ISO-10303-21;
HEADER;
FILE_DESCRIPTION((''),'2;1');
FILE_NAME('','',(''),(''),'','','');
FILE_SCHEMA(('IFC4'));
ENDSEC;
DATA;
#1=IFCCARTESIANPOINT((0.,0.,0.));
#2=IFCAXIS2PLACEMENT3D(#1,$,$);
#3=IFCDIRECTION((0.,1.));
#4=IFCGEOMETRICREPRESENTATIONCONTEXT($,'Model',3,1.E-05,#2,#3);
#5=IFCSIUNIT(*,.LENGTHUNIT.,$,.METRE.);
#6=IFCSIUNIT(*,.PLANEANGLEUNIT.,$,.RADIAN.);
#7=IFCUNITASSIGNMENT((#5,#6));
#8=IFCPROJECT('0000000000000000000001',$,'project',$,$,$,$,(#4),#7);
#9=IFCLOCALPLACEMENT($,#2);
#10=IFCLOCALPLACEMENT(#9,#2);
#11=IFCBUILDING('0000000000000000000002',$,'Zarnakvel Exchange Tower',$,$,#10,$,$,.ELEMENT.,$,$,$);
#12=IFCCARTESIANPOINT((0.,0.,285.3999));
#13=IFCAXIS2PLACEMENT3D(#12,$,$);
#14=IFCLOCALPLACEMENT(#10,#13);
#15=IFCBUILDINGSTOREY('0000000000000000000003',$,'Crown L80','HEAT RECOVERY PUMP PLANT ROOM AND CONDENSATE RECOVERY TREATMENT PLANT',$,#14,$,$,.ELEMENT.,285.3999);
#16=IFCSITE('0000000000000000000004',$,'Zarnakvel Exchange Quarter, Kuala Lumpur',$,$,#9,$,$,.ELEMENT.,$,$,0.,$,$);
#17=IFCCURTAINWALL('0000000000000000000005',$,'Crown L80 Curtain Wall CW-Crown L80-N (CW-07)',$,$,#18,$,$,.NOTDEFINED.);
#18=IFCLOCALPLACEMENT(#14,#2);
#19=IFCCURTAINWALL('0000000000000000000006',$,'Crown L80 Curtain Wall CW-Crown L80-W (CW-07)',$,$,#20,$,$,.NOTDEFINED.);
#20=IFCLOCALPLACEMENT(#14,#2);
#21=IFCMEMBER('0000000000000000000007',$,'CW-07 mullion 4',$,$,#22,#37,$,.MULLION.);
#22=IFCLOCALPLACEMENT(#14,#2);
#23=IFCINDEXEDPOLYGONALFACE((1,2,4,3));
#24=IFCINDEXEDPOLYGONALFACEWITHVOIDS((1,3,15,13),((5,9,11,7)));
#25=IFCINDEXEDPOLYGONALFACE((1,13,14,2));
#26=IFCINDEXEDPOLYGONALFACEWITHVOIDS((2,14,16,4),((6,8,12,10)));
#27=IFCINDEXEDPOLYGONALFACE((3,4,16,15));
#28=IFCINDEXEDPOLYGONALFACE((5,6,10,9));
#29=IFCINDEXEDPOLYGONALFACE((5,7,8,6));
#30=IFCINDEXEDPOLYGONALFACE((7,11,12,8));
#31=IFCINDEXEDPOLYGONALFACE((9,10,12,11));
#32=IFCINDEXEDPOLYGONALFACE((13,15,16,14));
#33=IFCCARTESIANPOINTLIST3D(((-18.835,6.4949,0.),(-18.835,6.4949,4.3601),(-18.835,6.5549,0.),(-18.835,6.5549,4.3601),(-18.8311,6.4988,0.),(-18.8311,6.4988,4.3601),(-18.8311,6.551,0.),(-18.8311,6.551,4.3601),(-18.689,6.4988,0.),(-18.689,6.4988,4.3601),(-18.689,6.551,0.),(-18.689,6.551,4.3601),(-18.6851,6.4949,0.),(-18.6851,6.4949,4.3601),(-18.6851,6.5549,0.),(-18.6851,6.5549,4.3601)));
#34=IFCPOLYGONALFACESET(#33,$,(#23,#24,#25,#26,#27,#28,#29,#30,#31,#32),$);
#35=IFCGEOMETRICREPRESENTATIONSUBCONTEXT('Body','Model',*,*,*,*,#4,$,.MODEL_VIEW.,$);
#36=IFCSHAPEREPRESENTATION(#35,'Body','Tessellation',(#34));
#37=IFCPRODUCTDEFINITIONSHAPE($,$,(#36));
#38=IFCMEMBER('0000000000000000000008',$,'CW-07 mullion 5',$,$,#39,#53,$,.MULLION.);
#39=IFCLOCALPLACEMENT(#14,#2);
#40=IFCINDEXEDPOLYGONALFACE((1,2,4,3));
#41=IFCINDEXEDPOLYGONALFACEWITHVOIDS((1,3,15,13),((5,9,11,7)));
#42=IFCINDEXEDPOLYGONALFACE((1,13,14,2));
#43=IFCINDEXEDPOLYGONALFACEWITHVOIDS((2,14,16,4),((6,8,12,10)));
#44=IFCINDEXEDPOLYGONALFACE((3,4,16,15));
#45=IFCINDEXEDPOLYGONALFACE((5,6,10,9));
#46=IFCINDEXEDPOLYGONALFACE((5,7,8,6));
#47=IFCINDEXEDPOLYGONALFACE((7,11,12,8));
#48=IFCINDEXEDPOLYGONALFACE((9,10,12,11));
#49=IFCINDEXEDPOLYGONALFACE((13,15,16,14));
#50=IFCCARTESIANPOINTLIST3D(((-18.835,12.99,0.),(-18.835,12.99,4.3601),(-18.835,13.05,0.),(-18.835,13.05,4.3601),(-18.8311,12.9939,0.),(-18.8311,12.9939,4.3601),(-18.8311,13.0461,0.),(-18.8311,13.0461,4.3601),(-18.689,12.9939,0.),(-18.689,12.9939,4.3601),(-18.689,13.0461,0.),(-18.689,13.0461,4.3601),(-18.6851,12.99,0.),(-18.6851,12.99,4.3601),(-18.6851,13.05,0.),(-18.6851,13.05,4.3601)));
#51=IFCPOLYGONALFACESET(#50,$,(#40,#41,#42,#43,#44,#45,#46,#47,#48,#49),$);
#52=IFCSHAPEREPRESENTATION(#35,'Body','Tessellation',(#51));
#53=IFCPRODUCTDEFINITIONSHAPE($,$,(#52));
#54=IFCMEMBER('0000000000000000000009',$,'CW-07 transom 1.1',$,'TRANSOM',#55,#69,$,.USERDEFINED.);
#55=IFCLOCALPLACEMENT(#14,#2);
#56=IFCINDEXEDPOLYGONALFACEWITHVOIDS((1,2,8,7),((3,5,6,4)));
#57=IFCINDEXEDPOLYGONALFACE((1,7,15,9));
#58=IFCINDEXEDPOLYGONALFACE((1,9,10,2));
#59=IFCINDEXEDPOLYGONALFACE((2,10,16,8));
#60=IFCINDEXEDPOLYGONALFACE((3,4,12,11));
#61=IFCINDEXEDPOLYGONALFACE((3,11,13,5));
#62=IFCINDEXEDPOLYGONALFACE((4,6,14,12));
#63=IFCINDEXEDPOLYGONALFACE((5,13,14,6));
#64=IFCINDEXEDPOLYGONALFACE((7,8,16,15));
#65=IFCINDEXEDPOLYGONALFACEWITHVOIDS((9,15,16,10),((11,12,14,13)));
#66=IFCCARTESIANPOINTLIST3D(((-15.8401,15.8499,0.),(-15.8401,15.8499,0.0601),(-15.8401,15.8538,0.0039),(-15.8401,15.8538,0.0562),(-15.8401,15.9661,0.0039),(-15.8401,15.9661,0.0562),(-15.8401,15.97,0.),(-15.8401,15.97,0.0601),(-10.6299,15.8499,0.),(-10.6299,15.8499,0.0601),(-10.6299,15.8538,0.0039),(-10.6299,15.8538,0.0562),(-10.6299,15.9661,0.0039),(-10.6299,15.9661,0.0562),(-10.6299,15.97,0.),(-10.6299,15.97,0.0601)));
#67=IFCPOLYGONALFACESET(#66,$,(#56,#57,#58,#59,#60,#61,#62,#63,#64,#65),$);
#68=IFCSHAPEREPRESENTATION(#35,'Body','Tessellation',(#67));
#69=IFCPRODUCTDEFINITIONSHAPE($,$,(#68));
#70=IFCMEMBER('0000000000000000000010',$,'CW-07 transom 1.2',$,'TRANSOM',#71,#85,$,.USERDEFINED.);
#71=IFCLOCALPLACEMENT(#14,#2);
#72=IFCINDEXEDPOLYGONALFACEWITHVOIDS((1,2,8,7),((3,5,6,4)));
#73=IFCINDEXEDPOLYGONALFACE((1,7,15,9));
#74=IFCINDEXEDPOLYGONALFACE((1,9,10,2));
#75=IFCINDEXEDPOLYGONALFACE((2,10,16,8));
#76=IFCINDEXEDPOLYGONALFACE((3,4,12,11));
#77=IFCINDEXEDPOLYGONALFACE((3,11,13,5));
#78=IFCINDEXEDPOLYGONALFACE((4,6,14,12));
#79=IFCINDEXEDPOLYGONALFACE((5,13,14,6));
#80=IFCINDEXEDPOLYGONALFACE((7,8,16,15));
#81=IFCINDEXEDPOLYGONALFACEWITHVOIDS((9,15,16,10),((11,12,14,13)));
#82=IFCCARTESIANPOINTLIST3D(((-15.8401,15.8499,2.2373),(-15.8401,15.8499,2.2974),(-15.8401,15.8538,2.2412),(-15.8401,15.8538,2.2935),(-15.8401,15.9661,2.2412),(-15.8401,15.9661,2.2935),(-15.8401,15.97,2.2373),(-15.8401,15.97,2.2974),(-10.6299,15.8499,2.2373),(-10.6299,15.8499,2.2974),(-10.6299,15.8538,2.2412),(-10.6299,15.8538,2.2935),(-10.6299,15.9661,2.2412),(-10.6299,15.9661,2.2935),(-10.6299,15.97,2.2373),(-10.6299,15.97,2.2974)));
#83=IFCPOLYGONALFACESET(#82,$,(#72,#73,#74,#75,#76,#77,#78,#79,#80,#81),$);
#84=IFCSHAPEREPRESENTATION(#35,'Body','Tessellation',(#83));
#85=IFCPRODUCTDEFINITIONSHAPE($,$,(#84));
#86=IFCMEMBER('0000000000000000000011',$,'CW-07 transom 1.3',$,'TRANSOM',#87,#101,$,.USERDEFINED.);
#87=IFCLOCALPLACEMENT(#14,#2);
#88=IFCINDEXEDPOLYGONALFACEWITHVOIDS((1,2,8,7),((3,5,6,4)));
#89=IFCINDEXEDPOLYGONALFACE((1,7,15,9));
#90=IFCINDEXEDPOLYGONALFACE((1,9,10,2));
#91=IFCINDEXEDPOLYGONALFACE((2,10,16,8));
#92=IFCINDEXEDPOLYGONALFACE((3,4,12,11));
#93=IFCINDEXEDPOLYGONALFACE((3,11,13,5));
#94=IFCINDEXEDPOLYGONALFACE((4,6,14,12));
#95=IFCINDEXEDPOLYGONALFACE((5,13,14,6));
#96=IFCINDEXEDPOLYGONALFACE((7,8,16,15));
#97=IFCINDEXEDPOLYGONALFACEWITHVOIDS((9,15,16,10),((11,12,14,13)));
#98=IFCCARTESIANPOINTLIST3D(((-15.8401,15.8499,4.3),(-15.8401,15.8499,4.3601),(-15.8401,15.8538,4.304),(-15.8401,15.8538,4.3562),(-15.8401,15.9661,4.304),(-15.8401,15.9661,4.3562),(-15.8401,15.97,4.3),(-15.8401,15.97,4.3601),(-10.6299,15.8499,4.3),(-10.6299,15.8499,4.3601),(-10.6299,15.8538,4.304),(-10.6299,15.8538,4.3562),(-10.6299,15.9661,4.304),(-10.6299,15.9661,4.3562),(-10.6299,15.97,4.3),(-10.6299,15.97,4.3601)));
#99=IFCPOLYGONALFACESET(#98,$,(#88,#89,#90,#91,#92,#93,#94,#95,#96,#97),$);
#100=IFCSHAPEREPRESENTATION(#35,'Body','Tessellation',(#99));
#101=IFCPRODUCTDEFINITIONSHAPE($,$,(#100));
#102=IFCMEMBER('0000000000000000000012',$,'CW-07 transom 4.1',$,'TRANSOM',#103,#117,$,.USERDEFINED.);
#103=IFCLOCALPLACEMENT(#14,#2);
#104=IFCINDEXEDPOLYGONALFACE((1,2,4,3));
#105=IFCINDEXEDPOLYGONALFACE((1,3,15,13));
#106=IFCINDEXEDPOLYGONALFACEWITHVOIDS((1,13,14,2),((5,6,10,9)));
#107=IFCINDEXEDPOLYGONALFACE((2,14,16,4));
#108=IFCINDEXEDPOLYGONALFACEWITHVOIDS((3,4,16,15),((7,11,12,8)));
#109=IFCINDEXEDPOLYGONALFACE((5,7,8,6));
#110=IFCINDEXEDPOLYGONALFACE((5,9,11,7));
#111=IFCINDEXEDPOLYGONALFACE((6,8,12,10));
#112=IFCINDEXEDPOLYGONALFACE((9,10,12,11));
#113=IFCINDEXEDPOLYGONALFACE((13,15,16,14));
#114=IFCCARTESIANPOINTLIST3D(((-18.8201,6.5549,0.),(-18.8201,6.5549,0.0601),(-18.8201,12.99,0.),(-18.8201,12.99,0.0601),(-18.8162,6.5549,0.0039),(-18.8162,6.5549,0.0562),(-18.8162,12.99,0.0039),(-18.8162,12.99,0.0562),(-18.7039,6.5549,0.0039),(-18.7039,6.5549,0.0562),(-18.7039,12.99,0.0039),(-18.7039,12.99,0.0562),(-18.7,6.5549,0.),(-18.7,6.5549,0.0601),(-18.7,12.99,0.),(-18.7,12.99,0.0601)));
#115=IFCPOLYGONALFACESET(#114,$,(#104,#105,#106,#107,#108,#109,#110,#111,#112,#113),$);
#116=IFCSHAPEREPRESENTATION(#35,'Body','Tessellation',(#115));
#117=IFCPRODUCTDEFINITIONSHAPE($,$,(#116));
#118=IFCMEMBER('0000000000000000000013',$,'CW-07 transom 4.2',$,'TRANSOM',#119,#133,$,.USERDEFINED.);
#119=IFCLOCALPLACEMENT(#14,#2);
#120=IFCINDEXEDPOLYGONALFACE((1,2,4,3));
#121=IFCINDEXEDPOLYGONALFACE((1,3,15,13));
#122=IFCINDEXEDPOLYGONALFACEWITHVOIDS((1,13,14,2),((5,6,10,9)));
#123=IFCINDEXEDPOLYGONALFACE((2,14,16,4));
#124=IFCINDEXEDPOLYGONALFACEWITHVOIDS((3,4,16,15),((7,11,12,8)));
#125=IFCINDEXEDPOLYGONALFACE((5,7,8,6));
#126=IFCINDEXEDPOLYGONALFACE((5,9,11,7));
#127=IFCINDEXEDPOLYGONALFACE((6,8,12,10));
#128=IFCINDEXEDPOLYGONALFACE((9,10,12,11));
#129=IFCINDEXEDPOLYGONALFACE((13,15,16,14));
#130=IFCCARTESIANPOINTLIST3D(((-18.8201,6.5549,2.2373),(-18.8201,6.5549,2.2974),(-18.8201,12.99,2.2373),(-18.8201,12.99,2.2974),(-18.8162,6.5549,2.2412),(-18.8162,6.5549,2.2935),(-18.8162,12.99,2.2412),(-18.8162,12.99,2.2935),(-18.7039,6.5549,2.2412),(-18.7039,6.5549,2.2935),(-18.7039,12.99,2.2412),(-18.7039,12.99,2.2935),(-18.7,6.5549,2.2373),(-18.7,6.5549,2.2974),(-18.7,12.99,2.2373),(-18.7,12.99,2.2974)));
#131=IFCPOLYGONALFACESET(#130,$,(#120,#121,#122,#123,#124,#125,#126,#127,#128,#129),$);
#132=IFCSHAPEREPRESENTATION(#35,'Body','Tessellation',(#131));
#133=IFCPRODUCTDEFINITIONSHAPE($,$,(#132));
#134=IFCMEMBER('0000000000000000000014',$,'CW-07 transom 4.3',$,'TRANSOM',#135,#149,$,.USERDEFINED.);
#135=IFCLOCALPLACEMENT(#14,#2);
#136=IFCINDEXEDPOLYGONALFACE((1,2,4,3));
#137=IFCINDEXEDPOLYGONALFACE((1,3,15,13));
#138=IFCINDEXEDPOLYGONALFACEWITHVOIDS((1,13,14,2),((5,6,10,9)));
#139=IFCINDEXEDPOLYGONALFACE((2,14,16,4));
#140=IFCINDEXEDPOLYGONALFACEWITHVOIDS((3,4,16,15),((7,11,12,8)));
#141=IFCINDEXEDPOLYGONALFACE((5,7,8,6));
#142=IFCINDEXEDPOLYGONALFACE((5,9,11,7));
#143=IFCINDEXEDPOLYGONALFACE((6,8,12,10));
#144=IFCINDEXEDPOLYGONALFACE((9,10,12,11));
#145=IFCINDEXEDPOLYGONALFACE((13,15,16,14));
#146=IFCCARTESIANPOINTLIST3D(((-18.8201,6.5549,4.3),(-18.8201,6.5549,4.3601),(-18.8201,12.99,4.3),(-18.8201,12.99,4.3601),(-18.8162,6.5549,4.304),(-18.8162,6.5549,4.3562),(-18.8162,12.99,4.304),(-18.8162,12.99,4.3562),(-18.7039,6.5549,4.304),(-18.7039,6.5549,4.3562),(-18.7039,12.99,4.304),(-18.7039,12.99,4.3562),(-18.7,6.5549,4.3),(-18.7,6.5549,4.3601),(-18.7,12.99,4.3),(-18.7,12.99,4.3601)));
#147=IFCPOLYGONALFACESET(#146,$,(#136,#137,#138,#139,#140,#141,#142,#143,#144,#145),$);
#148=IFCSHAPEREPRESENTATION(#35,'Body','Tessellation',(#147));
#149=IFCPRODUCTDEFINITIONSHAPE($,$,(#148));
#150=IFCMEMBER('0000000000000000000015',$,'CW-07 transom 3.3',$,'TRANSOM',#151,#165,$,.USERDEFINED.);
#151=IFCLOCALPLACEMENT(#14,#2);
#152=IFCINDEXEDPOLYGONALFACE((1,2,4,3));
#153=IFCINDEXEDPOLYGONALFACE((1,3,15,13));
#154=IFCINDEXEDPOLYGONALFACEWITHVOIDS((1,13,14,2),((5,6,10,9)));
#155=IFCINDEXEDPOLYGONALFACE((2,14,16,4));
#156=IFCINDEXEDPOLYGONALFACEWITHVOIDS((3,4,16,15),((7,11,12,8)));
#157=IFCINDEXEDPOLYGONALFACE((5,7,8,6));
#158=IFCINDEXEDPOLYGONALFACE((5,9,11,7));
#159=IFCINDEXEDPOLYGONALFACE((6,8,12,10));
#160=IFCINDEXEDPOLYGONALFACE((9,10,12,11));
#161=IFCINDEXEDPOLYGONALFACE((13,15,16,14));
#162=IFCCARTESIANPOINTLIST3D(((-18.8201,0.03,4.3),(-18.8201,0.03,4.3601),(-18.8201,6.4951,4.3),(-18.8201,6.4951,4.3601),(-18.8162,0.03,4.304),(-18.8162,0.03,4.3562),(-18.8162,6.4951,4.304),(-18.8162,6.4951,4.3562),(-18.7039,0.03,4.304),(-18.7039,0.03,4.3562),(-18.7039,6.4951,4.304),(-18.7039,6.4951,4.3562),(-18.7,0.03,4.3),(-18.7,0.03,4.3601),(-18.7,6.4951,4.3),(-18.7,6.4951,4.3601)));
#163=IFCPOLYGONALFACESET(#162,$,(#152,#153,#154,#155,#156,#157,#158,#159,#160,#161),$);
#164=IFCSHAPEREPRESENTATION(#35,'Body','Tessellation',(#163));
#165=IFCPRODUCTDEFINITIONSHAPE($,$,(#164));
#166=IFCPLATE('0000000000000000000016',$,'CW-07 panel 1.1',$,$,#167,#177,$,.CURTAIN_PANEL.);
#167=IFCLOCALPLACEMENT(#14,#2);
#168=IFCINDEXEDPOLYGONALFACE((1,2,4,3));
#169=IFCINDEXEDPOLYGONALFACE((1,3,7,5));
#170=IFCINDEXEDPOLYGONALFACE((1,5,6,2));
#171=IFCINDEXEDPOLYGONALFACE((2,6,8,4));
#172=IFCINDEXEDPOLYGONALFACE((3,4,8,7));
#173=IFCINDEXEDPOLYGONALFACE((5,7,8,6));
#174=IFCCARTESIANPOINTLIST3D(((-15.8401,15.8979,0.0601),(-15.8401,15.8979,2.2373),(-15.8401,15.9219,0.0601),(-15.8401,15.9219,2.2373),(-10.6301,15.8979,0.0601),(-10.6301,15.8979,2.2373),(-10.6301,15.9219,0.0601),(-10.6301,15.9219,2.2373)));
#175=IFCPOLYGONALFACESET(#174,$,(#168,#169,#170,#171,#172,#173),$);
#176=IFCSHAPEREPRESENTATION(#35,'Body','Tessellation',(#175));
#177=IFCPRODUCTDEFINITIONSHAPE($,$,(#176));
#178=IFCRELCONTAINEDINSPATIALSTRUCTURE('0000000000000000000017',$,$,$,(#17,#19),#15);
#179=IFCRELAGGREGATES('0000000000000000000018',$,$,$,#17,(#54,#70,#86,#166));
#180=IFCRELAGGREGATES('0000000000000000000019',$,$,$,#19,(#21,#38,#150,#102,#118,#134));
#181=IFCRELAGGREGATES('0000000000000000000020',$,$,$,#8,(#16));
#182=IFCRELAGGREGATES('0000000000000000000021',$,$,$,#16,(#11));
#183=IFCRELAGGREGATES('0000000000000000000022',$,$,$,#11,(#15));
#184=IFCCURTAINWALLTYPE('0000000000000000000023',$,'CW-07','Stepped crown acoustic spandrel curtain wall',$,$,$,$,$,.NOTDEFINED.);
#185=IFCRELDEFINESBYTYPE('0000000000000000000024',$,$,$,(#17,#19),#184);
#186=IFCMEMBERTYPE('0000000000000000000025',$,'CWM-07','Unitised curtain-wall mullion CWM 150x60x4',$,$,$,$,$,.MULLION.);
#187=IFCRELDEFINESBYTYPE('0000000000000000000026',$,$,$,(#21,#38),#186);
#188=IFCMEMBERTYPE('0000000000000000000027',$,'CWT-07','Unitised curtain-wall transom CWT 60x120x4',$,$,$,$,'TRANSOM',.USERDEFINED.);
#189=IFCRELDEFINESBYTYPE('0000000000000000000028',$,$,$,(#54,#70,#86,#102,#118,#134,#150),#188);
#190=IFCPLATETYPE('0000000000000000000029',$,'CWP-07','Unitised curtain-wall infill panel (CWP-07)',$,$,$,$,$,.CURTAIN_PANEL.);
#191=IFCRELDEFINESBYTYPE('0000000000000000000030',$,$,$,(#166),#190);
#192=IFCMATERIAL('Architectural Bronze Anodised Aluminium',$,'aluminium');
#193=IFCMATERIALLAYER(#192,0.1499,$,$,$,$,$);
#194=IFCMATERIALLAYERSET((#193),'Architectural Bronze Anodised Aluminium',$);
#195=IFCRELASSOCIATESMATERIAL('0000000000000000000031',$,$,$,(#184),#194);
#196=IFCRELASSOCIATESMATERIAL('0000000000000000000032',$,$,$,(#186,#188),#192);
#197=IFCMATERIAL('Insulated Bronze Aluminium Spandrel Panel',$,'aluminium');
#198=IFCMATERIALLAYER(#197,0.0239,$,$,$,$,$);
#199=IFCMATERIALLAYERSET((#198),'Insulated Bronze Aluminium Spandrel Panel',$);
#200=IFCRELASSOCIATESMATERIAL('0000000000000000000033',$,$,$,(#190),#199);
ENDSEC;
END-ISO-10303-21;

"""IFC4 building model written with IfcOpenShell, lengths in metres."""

from ifc_helpers import new_model, si_unit, direction, frame, origin, origin_2d, place, context, subcontext, project, spatial, rectangle, hollow_rectangle, extrude, source, transform, mapped, material, layer, layer_set, material_profile, profile_set, type_object, element, aggregate, save


model = new_model("IFC4")

# Units and contexts
model_context = context("Model", 3, precision=1e-05, world=origin(), true_north=direction((0.0, 1.0)))
body_context = subcontext(model_context, "Body", "Model", "MODEL_VIEW")
ifc_project = project(units=[si_unit("LENGTHUNIT", "METRE"), si_unit("PLANEANGLEUNIT", "RADIAN")], contexts=[model_context])

# Site, building, storey
site_placement = place(None, origin())
site = spatial("IfcSite", under=ifc_project, at=site_placement, Name="Zarnakvel Exchange Quarter, Kuala Lumpur", CompositionType="ELEMENT", RefElevation=0.0)
building_placement = place(site_placement, origin())
building = spatial("IfcBuilding", under=site, at=building_placement, Name="Zarnakvel Exchange Tower", CompositionType="ELEMENT")
storey_placement = place(building_placement, frame((0.0, 0.0, 285.3999)))
storey = spatial("IfcBuildingStorey", under=building, at=storey_placement, Name="Crown L80", Description="HEAT RECOVERY PUMP PLANT ROOM AND CONDENSATE RECOVERY TREATMENT PLANT", CompositionType="ELEMENT", Elevation=285.3999)

# Curtain wall
ifc_material_1 = material(Name="Architectural Bronze Anodised Aluminium", Category="aluminium")
ifc_layer_1 = layer(ifc_material_1, 0.1499)
ifc_layer_set_1 = layer_set([ifc_layer_1], Name="Architectural Bronze Anodised Aluminium")
curtain_wall_type = type_object("IfcCurtainWallType", Name="CW-07", Description="Stepped crown acoustic spandrel curtain wall", PredefinedType="NOTDEFINED", material=ifc_layer_set_1)
curtain_wall_1_placement = place(storey_placement, origin())
curtain_wall_1 = element("IfcCurtainWall", 1, at=curtain_wall_1_placement, inside=storey, type_object=curtain_wall_type, Name="Crown L80 Curtain Wall CW-Crown L80-N (CW-07)", PredefinedType="NOTDEFINED")
ifc_material_profile_1 = material_profile(ifc_material_1, hollow_rectangle(XDim=0.1499, YDim=0.0601, WallThickness=0.0039, at=origin_2d()))
ifc_profile_set_1 = profile_set([ifc_material_profile_1], Name="Architectural Bronze Anodised Aluminium")
member_type_1 = type_object("IfcMemberType", Name="CWM-07", Description="Unitised curtain-wall mullion CWM 150x60x4", PredefinedType="MULLION", material=ifc_profile_set_1)
shared_shape_1 = source(origin(), body_context, "Body", "SweptSolid", [
    extrude(hollow_rectangle(XDim=0.1499, YDim=0.0601, WallThickness=0.0039, at=origin_2d()), origin(), (0.0, 0.0, 1.0), 4.3601),
])

# Curtain wall, members
curtain_wall_2_placement = place(storey_placement, origin())
curtain_wall_2 = element("IfcCurtainWall", 2, at=curtain_wall_2_placement, inside=storey, type_object=curtain_wall_type, Name="Crown L80 Curtain Wall CW-Crown L80-W (CW-07)", PredefinedType="NOTDEFINED")
member_1_placement = place(storey_placement, frame((-18.76, 6.5249, 0.0), z_axis=(0.0, 0.0, 1.0), x_axis=(-1.0, 0.0, 0.0)))
member_1 = element("IfcMember", 3, at=member_1_placement, type_object=member_type_1, Name="CW-07 mullion 4", PredefinedType="MULLION", context=body_context, shape_type="MappedRepresentation", body=[
    mapped(shared_shape_1, transform((0.0, 0.0, 0.0), x_axis=(1.0, 0.0, 0.0), y_axis=(0.0, 1.0, 0.0), z_axis=(0.0, 0.0, 1.0), scale=1.0)),
])
member_2_placement = place(storey_placement, frame((-18.76, 13.02, 0.0), z_axis=(0.0, 0.0, 1.0), x_axis=(-1.0, 0.0, 0.0)))
member_2 = element("IfcMember", 4, at=member_2_placement, type_object=member_type_1, Name="CW-07 mullion 5", PredefinedType="MULLION", context=body_context, shape_type="MappedRepresentation", body=[
    mapped(shared_shape_1, transform((0.0, 0.0, 0.0), x_axis=(1.0, 0.0, 0.0), y_axis=(0.0, 1.0, 0.0), z_axis=(0.0, 0.0, 1.0), scale=1.0)),
])

# Members
ifc_material_profile_2 = material_profile(ifc_material_1, hollow_rectangle(XDim=0.1201, YDim=0.0601, WallThickness=0.0039, at=origin_2d()))
ifc_profile_set_2 = profile_set([ifc_material_profile_2], Name="Architectural Bronze Anodised Aluminium")
member_type_2 = type_object("IfcMemberType", Name="CWT-07", Description="Unitised curtain-wall transom CWT 60x120x4", ElementType="TRANSOM", PredefinedType="USERDEFINED", material=ifc_profile_set_2)
shared_shape_2 = source(origin(), body_context, "Body", "SweptSolid", [
    extrude(hollow_rectangle(XDim=0.1201, YDim=0.0601, WallThickness=0.0039, at=origin_2d()), origin(), (0.0, 0.0, 1.0), 5.2102),
])
member_3_placement = place(storey_placement, frame((-15.8401, 15.9099, 0.03), z_axis=(1.0, 0.0, 0.0), x_axis=(0.0, 1.0, 0.0)))
member_3 = element("IfcMember", 5, at=member_3_placement, type_object=member_type_2, Name="CW-07 transom 1.1", ObjectType="TRANSOM", PredefinedType="USERDEFINED", context=body_context, shape_type="MappedRepresentation", body=[
    mapped(shared_shape_2, transform((0.0, 0.0, 0.0), x_axis=(1.0, 0.0, 0.0), y_axis=(0.0, 1.0, 0.0), z_axis=(0.0, 0.0, 1.0), scale=1.0)),
])
member_4_placement = place(storey_placement, frame((-15.8401, 15.9099, 2.2673), z_axis=(1.0, 0.0, 0.0), x_axis=(0.0, 1.0, 0.0)))
member_4 = element("IfcMember", 6, at=member_4_placement, type_object=member_type_2, Name="CW-07 transom 1.2", ObjectType="TRANSOM", PredefinedType="USERDEFINED", context=body_context, shape_type="MappedRepresentation", body=[
    mapped(shared_shape_2, transform((0.0, 0.0, 0.0), x_axis=(1.0, 0.0, 0.0), y_axis=(0.0, 1.0, 0.0), z_axis=(0.0, 0.0, 1.0), scale=1.0)),
])
member_5_placement = place(storey_placement, frame((-15.8401, 15.9099, 4.3301), z_axis=(1.0, 0.0, 0.0), x_axis=(0.0, 1.0, 0.0)))
member_5 = element("IfcMember", 7, at=member_5_placement, type_object=member_type_2, Name="CW-07 transom 1.3", ObjectType="TRANSOM", PredefinedType="USERDEFINED", context=body_context, shape_type="MappedRepresentation", body=[
    mapped(shared_shape_2, transform((0.0, 0.0, 0.0), x_axis=(1.0, 0.0, 0.0), y_axis=(0.0, 1.0, 0.0), z_axis=(0.0, 0.0, 1.0), scale=1.0)),
])
shared_shape_3 = source(origin(), body_context, "Body", "SweptSolid", [
    extrude(hollow_rectangle(XDim=0.1201, YDim=0.0601, WallThickness=0.0039, at=origin_2d()), origin(), (0.0, 0.0, 1.0), 6.4351),
])
member_6_placement = place(storey_placement, frame((-18.76, 6.5549, 0.03), z_axis=(0.0, 1.0, 0.0), x_axis=(-1.0, 0.0, 0.0)))
member_6 = element("IfcMember", 8, at=member_6_placement, type_object=member_type_2, Name="CW-07 transom 4.1", ObjectType="TRANSOM", PredefinedType="USERDEFINED", context=body_context, shape_type="MappedRepresentation", body=[
    mapped(shared_shape_3, transform((0.0, 0.0, 0.0), x_axis=(1.0, 0.0, 0.0), y_axis=(0.0, 1.0, 0.0), z_axis=(0.0, 0.0, 1.0), scale=1.0)),
])
member_7_placement = place(storey_placement, frame((-18.76, 6.5549, 2.2673), z_axis=(0.0, 1.0, 0.0), x_axis=(-1.0, 0.0, 0.0)))
member_7 = element("IfcMember", 9, at=member_7_placement, type_object=member_type_2, Name="CW-07 transom 4.2", ObjectType="TRANSOM", PredefinedType="USERDEFINED", context=body_context, shape_type="MappedRepresentation", body=[
    mapped(shared_shape_3, transform((0.0, 0.0, 0.0), x_axis=(1.0, 0.0, 0.0), y_axis=(0.0, 1.0, 0.0), z_axis=(0.0, 0.0, 1.0), scale=1.0)),
])
member_8_placement = place(storey_placement, frame((-18.76, 6.5549, 4.3301), z_axis=(0.0, 1.0, 0.0), x_axis=(-1.0, 0.0, 0.0)))
member_8 = element("IfcMember", 10, at=member_8_placement, type_object=member_type_2, Name="CW-07 transom 4.3", ObjectType="TRANSOM", PredefinedType="USERDEFINED", context=body_context, shape_type="MappedRepresentation", body=[
    mapped(shared_shape_3, transform((0.0, 0.0, 0.0), x_axis=(1.0, 0.0, 0.0), y_axis=(0.0, 1.0, 0.0), z_axis=(0.0, 0.0, 1.0), scale=1.0)),
])
shared_shape_4 = source(origin(), body_context, "Body", "SweptSolid", [
    extrude(hollow_rectangle(XDim=0.1201, YDim=0.0601, WallThickness=0.0039, at=origin_2d()), origin(), (0.0, 0.0, 1.0), 6.4651),
])
member_9_placement = place(storey_placement, frame((-18.76, 0.03, 4.3301), z_axis=(0.0, 1.0, 0.0), x_axis=(-1.0, 0.0, 0.0)))
member_9 = element("IfcMember", 11, at=member_9_placement, type_object=member_type_2, Name="CW-07 transom 3.3", ObjectType="TRANSOM", PredefinedType="USERDEFINED", context=body_context, shape_type="MappedRepresentation", body=[
    mapped(shared_shape_4, transform((0.0, 0.0, 0.0), x_axis=(1.0, 0.0, 0.0), y_axis=(0.0, 1.0, 0.0), z_axis=(0.0, 0.0, 1.0), scale=1.0)),
])

# Plate
ifc_material_2 = material(Name="Insulated Bronze Aluminium Spandrel Panel", Category="aluminium")
ifc_layer_2 = layer(ifc_material_2, 0.0239)
ifc_layer_set_2 = layer_set([ifc_layer_2], Name="Insulated Bronze Aluminium Spandrel Panel")
plate_type = type_object("IfcPlateType", Name="CWP-07", Description="Unitised curtain-wall infill panel (CWP-07)", PredefinedType="CURTAIN_PANEL", material=ifc_layer_set_2)
shared_shape_5 = source(origin(), body_context, "Body", "SweptSolid", [
    extrude(rectangle(XDim=5.21, YDim=0.0239, at=origin_2d()), origin(), (0.0, 0.0, 1.0), 2.1772),
])
plate_1_placement = place(storey_placement, frame((-13.2351, 15.9099, 0.0601), z_axis=(0.0, 0.0, 1.0), x_axis=(1.0, 0.0, 0.0)))
plate_1 = element("IfcPlate", 12, at=plate_1_placement, type_object=plate_type, Name="CW-07 panel 1.1", PredefinedType="CURTAIN_PANEL", context=body_context, shape_type="MappedRepresentation", body=[
    mapped(shared_shape_5, transform((0.0, 0.0, 0.0), x_axis=(1.0, 0.0, 0.0), y_axis=(0.0, 1.0, 0.0), z_axis=(0.0, 0.0, 1.0), scale=1.0)),
])
aggregate(curtain_wall_1, [member_3, member_4, member_5, plate_1])
aggregate(curtain_wall_2, [member_1, member_2, member_9, member_6, member_7, member_8])

save(model, "model.ifc")
